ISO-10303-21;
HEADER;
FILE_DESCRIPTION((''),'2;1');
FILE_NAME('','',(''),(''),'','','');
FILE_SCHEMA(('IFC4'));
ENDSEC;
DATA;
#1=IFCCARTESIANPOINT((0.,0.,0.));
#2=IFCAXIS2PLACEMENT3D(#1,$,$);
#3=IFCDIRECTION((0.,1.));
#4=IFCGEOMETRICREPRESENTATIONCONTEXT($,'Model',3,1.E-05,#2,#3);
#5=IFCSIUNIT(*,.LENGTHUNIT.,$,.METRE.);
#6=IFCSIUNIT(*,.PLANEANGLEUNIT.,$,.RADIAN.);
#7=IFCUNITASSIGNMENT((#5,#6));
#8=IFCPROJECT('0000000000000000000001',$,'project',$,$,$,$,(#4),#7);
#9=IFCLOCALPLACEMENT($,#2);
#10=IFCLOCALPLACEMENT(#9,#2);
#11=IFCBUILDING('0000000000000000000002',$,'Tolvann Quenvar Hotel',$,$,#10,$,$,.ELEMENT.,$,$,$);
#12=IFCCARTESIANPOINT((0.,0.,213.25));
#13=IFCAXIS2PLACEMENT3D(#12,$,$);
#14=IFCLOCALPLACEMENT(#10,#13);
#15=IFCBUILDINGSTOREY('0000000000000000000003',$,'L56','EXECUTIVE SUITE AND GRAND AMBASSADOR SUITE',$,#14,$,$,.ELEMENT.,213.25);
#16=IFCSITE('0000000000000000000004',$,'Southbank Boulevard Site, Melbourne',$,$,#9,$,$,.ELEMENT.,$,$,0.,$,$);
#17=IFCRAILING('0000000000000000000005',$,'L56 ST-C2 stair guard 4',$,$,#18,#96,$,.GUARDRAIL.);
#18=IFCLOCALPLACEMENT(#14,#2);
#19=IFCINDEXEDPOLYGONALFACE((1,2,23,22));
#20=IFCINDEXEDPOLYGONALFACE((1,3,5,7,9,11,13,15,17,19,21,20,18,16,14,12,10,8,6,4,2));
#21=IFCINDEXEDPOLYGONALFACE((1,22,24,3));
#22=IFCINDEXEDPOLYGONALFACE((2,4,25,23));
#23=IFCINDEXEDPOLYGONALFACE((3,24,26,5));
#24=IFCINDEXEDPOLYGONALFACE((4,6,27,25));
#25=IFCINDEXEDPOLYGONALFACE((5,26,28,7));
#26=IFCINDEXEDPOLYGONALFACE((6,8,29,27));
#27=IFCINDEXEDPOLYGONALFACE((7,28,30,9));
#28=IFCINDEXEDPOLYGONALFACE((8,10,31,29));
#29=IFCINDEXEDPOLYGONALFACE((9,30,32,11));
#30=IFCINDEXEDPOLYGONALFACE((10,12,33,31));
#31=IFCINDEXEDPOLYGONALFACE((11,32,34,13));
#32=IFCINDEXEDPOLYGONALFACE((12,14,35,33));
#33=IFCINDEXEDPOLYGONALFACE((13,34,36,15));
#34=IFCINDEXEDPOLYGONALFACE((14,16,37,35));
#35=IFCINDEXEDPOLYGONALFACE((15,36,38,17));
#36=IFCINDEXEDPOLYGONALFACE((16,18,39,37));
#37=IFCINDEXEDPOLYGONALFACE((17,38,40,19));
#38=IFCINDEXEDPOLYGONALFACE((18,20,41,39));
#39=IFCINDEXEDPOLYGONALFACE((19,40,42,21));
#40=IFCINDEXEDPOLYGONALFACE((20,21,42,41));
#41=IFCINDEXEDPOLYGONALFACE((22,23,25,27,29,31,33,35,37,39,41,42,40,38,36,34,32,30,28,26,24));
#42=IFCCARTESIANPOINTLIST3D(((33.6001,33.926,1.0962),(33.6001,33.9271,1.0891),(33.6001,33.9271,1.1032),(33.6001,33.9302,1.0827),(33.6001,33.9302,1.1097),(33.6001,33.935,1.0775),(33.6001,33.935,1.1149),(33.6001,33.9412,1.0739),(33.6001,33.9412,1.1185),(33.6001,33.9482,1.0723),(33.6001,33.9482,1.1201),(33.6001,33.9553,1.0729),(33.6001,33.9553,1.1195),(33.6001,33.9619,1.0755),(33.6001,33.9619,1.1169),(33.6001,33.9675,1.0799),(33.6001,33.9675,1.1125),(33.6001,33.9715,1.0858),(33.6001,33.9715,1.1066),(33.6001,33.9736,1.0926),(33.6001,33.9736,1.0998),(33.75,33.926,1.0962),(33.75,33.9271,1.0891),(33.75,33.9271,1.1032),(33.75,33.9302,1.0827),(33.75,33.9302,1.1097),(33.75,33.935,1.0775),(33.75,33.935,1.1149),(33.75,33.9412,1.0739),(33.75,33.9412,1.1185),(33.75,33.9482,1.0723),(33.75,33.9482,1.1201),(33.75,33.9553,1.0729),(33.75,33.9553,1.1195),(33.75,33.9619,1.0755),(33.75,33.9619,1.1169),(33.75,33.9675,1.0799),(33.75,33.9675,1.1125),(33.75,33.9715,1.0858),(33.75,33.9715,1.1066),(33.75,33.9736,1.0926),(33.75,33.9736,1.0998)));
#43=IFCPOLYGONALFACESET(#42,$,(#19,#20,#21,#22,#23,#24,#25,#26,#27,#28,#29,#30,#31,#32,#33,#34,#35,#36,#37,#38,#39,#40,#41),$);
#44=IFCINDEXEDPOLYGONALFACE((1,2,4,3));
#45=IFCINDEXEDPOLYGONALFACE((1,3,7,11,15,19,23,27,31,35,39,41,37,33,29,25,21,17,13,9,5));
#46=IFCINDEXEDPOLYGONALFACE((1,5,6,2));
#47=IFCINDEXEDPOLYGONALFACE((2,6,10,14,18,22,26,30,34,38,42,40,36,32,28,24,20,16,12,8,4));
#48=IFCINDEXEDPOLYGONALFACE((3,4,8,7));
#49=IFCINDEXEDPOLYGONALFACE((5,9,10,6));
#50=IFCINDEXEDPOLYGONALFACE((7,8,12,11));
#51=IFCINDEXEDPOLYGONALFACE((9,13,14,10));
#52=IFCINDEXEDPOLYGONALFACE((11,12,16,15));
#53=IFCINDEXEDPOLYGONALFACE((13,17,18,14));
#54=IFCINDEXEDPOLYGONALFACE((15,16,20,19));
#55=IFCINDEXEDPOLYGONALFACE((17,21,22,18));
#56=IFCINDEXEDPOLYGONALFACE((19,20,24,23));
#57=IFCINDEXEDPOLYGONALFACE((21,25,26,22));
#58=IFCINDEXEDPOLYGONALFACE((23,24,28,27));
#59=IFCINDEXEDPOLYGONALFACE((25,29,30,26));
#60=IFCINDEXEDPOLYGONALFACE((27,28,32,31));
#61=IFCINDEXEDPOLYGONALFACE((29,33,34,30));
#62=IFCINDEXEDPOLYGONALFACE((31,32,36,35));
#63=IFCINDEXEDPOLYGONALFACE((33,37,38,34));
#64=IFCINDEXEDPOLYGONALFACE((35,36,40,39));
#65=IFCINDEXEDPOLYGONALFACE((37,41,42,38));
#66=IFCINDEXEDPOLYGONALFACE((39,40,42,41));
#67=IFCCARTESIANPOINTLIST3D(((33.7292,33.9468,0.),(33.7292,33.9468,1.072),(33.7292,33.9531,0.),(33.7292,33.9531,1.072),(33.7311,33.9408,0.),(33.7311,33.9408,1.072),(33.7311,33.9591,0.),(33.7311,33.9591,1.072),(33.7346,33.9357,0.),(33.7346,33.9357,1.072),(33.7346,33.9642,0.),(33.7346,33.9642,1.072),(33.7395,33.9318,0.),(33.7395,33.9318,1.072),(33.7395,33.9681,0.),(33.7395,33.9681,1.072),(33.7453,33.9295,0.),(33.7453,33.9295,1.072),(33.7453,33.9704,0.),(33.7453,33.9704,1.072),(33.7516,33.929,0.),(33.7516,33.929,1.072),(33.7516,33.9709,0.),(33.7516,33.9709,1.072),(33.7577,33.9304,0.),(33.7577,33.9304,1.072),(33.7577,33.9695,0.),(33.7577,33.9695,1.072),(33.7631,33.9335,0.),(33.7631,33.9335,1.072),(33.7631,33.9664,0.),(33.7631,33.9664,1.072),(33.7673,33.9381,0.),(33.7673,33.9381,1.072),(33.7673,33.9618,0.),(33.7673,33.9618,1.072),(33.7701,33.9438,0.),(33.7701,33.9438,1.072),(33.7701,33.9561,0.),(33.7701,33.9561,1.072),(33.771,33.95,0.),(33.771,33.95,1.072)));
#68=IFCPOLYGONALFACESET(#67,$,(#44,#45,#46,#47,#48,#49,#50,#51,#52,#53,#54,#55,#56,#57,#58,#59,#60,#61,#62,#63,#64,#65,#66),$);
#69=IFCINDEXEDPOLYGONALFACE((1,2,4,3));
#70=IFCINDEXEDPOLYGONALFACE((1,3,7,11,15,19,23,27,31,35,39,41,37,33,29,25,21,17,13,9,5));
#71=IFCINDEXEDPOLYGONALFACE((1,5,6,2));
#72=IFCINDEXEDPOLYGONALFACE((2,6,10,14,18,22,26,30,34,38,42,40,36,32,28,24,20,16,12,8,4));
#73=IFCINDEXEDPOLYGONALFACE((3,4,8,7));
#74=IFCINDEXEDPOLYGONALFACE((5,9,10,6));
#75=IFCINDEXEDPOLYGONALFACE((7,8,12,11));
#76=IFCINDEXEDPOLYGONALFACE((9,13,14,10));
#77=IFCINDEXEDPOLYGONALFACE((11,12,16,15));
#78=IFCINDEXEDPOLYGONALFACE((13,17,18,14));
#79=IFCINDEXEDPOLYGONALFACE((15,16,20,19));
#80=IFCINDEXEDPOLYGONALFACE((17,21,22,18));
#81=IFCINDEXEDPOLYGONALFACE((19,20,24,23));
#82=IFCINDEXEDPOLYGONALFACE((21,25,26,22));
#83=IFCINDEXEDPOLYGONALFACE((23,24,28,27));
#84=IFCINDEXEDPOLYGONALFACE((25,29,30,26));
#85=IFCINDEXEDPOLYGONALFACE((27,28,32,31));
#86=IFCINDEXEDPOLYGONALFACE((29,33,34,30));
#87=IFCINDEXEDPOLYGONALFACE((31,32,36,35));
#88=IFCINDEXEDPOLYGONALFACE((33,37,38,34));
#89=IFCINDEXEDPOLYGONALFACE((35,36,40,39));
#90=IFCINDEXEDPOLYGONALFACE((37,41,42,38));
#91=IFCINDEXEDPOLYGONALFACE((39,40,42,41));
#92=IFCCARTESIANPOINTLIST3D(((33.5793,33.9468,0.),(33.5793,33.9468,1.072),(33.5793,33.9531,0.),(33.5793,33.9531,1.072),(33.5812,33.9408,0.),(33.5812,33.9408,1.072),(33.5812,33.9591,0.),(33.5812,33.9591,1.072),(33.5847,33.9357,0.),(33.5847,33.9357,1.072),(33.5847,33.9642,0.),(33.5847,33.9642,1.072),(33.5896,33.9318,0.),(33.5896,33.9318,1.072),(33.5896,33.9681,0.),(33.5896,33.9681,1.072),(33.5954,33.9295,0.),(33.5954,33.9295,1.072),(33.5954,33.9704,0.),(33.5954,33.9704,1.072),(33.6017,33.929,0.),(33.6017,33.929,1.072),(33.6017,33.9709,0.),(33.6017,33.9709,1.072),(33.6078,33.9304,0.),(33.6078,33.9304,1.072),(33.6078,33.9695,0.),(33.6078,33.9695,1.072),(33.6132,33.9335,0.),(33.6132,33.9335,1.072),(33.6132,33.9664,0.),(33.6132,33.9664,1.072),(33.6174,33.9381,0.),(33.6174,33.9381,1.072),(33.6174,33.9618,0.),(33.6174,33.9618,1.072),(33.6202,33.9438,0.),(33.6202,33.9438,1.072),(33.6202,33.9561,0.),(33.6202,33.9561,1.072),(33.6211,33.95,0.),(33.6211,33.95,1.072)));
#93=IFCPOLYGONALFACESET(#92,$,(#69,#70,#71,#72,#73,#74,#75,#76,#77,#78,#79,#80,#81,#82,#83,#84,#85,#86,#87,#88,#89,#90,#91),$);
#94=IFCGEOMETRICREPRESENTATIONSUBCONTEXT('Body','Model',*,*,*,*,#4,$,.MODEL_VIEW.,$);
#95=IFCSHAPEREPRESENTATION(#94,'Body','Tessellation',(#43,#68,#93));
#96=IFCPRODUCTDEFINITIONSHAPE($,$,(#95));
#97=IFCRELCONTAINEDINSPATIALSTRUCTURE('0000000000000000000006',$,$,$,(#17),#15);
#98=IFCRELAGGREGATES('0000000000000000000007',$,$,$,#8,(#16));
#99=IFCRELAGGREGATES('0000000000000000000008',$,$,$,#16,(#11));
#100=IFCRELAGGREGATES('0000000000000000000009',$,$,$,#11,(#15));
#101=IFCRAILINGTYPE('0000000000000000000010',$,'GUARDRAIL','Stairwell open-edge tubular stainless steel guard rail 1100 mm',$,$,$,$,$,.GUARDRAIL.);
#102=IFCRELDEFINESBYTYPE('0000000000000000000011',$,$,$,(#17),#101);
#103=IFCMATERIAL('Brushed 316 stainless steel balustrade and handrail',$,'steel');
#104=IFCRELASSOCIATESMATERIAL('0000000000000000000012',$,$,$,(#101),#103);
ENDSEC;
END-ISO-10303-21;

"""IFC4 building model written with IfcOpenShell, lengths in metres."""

from ifc_helpers import new_model, si_unit, direction, frame, origin, origin_2d, place, context, subcontext, project, spatial, circle, extrude, material, type_object, element, save


model = new_model("IFC4")

# Units and contexts
model_context = context("Model", 3, precision=1e-05, world=origin(), true_north=direction((0.0, 1.0)))
body_context = subcontext(model_context, "Body", "Model", "MODEL_VIEW")
ifc_project = project(units=[si_unit("LENGTHUNIT", "METRE"), si_unit("PLANEANGLEUNIT", "RADIAN")], contexts=[model_context])

# Site, building, storey
site_placement = place(None, origin())
site = spatial("IfcSite", under=ifc_project, at=site_placement, Name="Southbank Boulevard Site, Melbourne", CompositionType="ELEMENT", RefElevation=0.0)
building_placement = place(site_placement, origin())
building = spatial("IfcBuilding", under=site, at=building_placement, Name="Tolvann Quenvar Hotel", CompositionType="ELEMENT")
storey_placement = place(building_placement, frame((0.0, 0.0, 213.25)))
storey = spatial("IfcBuildingStorey", under=building, at=storey_placement, Name="L56", Description="EXECUTIVE SUITE AND GRAND AMBASSADOR SUITE", CompositionType="ELEMENT", Elevation=213.25)

# Railing
ifc_material_1 = material(Name="Brushed 316 stainless steel balustrade and handrail", Category="steel")
railing_type_1 = type_object("IfcRailingType", Name="GUARDRAIL", Description="Stairwell open-edge tubular stainless steel guard rail 1100 mm", PredefinedType="GUARDRAIL", material=ifc_material_1)
railing_1_placement = place(storey_placement, frame((33.75, 33.95, 0.0)))
element("IfcRailing", 1, at=railing_1_placement, inside=storey, type_object=railing_type_1, Name="L56 ST-C2 stair guard 4", PredefinedType="GUARDRAIL", context=body_context, shape_type="SweptSolid", body=[
    extrude(circle(Radius=0.0239, at=origin_2d()), frame((0.0, 0.0, 1.0962), z_axis=(-1.0, 0.0, 0.0), x_axis=(0.0, -1.0, 0.0)), (0.0, 0.0, 1.0), 0.1499),
    extrude(circle(Radius=0.021, at=origin_2d()), origin(), (0.0, 0.0, 1.0), 1.072),
    extrude(circle(Radius=0.021, at=origin_2d()), frame((-0.1499, 0.0, 0.0)), (0.0, 0.0, 1.0), 1.072),
])

save(model, "model.ifc")
